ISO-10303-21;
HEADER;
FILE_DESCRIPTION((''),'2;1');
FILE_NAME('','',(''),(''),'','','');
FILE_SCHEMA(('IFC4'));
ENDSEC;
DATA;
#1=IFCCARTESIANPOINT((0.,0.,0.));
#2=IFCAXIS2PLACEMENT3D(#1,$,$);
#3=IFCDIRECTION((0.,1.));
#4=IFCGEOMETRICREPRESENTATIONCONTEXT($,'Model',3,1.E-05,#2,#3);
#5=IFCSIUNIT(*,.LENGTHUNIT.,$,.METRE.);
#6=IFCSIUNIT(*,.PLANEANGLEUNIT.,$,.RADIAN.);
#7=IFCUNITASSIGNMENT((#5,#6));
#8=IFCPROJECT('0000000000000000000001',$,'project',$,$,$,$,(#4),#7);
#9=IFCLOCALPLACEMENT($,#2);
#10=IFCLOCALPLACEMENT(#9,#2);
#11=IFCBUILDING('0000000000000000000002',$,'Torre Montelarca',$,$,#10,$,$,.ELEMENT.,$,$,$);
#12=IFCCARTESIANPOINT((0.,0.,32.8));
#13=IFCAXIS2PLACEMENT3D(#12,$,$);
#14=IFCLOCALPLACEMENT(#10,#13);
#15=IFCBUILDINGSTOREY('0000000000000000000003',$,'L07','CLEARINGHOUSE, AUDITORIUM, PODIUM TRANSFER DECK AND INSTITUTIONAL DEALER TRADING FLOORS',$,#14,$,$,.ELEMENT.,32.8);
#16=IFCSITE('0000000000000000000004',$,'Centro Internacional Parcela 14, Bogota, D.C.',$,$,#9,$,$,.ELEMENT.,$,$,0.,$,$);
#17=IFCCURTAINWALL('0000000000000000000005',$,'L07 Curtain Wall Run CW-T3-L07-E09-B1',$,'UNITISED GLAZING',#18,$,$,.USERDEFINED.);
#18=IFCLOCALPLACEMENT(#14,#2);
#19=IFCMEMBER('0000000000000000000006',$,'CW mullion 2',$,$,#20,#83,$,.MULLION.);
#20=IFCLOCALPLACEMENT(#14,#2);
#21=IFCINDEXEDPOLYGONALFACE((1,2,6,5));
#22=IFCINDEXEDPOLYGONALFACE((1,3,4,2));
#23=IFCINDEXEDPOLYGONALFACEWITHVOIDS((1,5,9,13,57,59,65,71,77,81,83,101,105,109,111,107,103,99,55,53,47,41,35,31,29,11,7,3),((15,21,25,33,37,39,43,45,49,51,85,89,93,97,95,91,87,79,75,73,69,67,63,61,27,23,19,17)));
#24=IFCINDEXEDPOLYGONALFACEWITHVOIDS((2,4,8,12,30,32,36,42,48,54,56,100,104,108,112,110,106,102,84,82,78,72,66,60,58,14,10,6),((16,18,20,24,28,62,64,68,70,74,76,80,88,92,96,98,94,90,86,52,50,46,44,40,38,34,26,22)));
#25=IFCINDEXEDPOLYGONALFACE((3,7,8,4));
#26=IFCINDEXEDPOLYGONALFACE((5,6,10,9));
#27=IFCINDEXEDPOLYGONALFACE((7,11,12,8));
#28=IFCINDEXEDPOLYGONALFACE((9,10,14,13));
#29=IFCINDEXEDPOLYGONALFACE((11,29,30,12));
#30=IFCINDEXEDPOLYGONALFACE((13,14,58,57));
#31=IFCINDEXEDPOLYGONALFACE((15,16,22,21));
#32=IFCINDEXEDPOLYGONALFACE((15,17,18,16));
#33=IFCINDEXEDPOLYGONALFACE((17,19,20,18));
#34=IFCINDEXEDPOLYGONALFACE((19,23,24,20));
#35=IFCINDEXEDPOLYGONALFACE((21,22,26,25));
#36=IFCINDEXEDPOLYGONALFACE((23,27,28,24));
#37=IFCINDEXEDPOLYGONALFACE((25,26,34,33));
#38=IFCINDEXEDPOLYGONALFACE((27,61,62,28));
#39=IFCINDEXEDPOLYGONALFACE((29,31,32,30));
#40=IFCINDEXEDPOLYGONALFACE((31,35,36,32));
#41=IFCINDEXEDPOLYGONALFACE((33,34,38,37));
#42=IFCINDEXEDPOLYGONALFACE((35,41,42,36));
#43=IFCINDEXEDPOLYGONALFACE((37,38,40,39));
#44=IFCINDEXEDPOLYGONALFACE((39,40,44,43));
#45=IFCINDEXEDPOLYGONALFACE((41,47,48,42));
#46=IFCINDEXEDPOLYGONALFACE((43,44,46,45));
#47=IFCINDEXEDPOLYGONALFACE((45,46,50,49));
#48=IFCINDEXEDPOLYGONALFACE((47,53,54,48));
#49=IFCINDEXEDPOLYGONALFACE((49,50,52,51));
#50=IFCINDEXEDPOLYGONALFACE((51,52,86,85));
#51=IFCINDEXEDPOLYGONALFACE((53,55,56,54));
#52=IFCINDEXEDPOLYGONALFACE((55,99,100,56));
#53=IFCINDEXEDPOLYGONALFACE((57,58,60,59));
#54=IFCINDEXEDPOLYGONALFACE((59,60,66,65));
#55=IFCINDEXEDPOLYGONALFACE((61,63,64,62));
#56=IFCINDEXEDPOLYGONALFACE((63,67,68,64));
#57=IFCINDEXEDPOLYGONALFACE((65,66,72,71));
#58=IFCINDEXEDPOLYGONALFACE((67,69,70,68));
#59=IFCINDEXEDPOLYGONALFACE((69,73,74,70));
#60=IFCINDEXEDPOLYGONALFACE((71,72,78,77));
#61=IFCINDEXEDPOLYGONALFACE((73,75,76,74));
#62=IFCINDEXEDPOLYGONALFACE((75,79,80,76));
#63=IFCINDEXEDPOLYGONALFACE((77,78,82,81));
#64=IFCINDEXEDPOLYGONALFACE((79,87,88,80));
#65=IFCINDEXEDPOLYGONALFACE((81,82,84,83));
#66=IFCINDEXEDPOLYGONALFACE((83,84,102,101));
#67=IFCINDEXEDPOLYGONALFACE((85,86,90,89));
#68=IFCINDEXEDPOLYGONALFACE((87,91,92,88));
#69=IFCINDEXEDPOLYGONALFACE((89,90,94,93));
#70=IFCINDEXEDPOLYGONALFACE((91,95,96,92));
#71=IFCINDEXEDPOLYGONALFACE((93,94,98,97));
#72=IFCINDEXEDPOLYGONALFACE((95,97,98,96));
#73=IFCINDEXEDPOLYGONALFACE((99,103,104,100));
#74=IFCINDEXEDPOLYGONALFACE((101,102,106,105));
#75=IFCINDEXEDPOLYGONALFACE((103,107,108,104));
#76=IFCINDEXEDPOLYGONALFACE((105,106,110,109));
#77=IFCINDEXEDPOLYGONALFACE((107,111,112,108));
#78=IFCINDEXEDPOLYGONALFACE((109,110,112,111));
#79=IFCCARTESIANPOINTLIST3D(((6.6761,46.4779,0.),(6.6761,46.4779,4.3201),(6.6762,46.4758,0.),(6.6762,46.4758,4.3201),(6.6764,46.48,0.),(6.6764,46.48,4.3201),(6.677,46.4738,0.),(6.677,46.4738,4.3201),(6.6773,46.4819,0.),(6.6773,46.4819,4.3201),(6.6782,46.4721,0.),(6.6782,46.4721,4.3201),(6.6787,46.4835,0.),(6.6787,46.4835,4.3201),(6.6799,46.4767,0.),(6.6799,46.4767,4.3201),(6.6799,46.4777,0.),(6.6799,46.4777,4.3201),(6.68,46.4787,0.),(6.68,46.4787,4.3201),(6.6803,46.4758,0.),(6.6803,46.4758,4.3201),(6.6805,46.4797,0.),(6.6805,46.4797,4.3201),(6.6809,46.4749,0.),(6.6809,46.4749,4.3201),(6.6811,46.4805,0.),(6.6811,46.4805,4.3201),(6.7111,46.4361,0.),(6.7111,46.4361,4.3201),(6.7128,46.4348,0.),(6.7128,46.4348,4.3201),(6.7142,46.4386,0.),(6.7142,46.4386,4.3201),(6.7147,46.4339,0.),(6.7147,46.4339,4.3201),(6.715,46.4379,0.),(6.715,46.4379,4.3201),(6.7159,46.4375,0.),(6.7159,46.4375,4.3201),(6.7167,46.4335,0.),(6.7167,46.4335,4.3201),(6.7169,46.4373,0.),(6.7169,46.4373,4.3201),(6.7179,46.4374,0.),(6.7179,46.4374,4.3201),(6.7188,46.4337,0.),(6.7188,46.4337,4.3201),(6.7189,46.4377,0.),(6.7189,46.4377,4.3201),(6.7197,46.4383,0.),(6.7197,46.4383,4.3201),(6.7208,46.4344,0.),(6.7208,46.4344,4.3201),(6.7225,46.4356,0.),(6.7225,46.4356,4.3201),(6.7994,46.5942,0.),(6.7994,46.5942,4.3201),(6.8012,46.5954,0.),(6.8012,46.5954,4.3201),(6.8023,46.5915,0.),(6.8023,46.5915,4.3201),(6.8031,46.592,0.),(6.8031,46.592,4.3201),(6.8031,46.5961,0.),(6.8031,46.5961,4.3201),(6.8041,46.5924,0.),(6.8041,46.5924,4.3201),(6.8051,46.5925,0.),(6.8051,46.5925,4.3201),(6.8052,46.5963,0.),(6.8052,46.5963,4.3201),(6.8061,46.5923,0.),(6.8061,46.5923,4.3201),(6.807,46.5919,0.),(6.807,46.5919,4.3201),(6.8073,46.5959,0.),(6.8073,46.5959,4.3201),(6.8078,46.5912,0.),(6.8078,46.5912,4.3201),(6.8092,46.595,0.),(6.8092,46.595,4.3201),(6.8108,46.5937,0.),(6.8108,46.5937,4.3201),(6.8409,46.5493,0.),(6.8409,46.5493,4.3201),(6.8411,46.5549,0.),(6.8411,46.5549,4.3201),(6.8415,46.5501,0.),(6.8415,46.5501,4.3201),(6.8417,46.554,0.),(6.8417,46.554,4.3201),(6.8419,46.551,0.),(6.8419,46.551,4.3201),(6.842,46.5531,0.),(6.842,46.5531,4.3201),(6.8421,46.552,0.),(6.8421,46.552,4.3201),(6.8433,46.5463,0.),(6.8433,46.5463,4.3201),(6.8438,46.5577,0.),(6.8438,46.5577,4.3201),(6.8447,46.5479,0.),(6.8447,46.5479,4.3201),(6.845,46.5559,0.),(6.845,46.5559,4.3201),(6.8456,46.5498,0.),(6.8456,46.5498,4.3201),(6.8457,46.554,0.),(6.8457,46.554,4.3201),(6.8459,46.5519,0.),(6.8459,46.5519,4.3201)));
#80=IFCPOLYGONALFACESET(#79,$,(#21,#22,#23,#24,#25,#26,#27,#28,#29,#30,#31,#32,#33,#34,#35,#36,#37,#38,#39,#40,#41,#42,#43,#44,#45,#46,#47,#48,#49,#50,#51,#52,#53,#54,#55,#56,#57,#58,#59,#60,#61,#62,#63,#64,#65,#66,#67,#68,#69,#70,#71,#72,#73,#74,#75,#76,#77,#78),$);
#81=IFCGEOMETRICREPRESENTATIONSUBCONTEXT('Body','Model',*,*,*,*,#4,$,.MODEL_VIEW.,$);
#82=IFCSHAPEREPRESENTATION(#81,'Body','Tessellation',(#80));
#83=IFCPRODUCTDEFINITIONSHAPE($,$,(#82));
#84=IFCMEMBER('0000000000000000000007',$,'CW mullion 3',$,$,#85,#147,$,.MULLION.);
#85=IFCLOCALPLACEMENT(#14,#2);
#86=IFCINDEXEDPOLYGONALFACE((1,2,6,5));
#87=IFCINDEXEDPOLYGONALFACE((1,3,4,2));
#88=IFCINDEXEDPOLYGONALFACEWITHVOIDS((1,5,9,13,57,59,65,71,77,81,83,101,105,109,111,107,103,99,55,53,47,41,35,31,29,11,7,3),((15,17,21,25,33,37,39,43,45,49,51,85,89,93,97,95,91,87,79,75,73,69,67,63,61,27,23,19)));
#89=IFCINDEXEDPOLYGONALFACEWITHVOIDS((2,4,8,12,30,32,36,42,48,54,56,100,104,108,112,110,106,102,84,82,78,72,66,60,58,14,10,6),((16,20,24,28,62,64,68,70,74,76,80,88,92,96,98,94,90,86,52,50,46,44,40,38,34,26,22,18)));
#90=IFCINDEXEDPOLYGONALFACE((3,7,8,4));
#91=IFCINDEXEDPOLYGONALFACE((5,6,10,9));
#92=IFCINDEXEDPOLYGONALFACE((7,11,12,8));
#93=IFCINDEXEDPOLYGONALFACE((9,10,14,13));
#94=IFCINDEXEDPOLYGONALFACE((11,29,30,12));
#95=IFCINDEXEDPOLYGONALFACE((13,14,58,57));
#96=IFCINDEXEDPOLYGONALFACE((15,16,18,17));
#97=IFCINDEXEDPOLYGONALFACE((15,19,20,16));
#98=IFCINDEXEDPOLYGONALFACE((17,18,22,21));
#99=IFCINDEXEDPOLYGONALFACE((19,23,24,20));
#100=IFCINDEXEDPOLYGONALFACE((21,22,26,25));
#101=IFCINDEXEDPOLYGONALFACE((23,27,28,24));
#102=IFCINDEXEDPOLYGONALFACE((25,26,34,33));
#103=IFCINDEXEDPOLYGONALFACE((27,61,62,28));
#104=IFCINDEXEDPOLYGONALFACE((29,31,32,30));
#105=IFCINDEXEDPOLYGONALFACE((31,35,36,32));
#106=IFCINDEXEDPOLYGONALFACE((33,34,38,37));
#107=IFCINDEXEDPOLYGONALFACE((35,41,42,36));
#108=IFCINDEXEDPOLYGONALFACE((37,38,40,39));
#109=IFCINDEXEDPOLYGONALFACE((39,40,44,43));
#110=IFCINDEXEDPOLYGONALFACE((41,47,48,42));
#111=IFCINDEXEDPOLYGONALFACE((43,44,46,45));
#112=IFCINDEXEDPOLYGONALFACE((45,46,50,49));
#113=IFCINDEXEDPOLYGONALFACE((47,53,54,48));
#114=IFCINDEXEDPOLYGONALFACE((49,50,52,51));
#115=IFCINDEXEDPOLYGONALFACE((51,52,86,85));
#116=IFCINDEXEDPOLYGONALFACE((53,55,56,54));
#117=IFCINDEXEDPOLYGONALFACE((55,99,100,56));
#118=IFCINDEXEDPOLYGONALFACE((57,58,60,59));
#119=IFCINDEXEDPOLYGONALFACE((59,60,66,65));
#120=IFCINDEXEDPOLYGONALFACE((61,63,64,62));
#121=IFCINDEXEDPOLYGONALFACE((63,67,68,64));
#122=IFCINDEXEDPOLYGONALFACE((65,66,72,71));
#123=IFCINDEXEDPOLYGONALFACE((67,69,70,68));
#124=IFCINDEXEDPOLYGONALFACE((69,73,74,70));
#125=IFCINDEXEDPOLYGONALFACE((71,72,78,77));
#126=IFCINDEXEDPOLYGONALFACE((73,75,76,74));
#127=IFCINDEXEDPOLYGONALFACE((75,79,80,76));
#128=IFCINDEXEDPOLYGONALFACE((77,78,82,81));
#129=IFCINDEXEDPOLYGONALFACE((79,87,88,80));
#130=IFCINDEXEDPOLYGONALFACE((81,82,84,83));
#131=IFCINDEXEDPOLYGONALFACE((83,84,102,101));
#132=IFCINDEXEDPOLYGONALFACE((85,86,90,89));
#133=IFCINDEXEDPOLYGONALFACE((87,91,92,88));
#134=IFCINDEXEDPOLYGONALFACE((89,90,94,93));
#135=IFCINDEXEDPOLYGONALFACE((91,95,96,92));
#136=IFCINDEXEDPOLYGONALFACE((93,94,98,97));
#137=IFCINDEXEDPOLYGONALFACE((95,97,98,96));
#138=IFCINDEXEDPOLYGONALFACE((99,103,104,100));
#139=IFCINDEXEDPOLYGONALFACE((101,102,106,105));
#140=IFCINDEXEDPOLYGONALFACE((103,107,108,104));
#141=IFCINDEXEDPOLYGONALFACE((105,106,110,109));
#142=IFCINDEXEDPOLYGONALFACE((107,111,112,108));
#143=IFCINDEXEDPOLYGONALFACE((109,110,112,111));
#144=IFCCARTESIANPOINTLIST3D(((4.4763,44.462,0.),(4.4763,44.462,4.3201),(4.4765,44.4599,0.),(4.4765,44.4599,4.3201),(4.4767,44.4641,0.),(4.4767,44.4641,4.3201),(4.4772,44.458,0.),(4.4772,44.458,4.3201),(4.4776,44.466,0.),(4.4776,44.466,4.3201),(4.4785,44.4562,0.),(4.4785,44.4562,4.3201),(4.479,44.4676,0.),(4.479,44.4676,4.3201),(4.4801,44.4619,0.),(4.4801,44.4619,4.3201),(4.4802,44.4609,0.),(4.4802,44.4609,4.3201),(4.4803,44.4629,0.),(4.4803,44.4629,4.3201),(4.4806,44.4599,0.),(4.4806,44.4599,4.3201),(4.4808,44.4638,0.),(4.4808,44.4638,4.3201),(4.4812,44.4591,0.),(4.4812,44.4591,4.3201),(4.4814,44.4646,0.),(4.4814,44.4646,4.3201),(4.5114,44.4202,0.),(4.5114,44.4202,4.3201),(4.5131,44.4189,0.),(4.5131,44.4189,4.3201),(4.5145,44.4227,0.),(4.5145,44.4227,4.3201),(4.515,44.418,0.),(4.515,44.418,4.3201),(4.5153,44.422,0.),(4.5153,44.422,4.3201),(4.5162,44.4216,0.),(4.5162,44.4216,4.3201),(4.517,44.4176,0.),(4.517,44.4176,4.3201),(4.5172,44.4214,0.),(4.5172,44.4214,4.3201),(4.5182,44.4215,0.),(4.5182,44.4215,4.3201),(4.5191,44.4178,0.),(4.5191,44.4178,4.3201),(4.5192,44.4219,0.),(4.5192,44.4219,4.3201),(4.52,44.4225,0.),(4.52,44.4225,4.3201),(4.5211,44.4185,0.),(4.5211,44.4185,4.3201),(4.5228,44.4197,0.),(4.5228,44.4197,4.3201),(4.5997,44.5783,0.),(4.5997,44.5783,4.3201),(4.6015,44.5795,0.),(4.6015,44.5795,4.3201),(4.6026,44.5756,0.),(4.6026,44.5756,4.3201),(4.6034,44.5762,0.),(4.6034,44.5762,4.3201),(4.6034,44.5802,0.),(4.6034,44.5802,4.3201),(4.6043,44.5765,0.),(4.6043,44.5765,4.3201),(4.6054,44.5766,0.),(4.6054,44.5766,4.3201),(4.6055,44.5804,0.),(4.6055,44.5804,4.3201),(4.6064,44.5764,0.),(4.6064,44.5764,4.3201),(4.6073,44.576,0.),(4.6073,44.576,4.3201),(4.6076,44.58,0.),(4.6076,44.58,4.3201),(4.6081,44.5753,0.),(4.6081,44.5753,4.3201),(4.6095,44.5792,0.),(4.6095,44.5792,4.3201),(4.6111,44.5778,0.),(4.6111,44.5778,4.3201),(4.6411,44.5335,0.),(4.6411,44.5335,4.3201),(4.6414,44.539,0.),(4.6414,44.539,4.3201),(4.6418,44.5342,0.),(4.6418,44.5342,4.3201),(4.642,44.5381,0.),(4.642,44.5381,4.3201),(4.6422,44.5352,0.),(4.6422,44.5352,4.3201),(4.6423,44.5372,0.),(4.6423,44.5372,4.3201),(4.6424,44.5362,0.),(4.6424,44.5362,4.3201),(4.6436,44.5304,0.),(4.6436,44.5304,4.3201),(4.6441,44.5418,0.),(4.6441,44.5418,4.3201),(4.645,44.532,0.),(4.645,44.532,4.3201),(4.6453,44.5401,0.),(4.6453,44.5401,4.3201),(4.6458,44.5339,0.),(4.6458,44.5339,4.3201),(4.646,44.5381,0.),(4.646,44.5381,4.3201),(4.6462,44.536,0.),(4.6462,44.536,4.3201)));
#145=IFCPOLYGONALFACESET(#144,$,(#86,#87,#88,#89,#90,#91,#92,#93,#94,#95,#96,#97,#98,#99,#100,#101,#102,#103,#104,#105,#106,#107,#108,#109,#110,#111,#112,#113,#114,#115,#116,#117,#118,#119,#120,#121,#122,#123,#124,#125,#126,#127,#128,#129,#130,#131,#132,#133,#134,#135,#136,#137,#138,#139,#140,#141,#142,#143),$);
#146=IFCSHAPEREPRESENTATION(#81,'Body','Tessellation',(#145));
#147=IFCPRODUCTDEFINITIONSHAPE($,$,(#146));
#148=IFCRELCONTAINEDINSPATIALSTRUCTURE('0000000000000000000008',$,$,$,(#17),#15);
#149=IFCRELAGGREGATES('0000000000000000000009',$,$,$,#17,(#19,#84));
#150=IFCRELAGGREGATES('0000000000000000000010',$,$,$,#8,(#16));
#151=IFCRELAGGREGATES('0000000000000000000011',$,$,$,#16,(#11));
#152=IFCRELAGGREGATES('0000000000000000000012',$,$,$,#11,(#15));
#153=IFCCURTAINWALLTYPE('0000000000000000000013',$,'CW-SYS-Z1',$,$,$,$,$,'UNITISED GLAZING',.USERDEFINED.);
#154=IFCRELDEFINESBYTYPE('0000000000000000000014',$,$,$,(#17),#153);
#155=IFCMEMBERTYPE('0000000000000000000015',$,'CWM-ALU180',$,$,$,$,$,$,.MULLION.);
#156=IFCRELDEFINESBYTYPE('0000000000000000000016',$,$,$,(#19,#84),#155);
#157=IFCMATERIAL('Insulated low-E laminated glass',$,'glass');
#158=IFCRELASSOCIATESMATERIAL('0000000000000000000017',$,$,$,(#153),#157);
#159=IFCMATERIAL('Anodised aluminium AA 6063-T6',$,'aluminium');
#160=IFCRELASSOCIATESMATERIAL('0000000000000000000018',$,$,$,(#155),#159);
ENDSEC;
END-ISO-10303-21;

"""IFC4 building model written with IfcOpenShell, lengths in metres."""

from ifc_helpers import new_model, si_unit, direction, frame, origin, origin_2d, place, context, subcontext, project, spatial, hollow_rectangle, extrude, source, transform, mapped, material, material_profile, profile_set, type_object, element, aggregate, save


model = new_model("IFC4")

# Units and contexts
model_context = context("Model", 3, precision=1e-05, world=origin(), true_north=direction((0.0, 1.0)))
body_context = subcontext(model_context, "Body", "Model", "MODEL_VIEW")
ifc_project = project(units=[si_unit("LENGTHUNIT", "METRE"), si_unit("PLANEANGLEUNIT", "RADIAN")], contexts=[model_context])

# Site, building, storey
site_placement = place(None, origin())
site = spatial("IfcSite", under=ifc_project, at=site_placement, Name="Centro Internacional Parcela 14, Bogota, D.C.", CompositionType="ELEMENT", RefElevation=0.0)
building_placement = place(site_placement, origin())
building = spatial("IfcBuilding", under=site, at=building_placement, Name="Torre Montelarca", CompositionType="ELEMENT")
storey_placement = place(building_placement, frame((0.0, 0.0, 32.8)))
storey = spatial("IfcBuildingStorey", under=building, at=storey_placement, Name="L07", Description="CLEARINGHOUSE, AUDITORIUM, PODIUM TRANSFER DECK AND INSTITUTIONAL DEALER TRADING FLOORS", CompositionType="ELEMENT", Elevation=32.8)

# Curtain wall, members
ifc_material_1 = material(Name="Insulated low-E laminated glass", Category="glass")
curtain_wall_type = type_object("IfcCurtainWallType", Name="CW-SYS-Z1", ElementType="UNITISED GLAZING", PredefinedType="USERDEFINED", material=ifc_material_1)
curtain_wall_1_placement = place(storey_placement, origin())
curtain_wall_1 = element("IfcCurtainWall", 1, at=curtain_wall_1_placement, inside=storey, type_object=curtain_wall_type, Name="L07 Curtain Wall Run CW-T3-L07-E09-B1", ObjectType="UNITISED GLAZING", PredefinedType="USERDEFINED")
ifc_material_2 = material(Name="Anodised aluminium AA 6063-T6", Category="aluminium")
ifc_material_profile_1 = material_profile(ifc_material_2, hollow_rectangle(XDim=0.0649, YDim=0.1799, WallThickness=0.0039, InnerFilletRadius=0.0039, OuterFilletRadius=0.0081, at=origin_2d()), Name="ALU65X180X4", Category="aluminium")
ifc_profile_set_1 = profile_set([ifc_material_profile_1], Name="Anodised aluminium AA 6063-T6")
member_type_1 = type_object("IfcMemberType", Name="CWM-ALU180", PredefinedType="MULLION", material=ifc_profile_set_1)
shared_shape_1 = source(origin(), body_context, "Body", "SweptSolid", [
    extrude(hollow_rectangle(XDim=0.0649, YDim=0.1799, WallThickness=0.0039, InnerFilletRadius=0.0039, OuterFilletRadius=0.0081, at=origin_2d()), origin(), (0.0, 0.0, 1.0), 4.3201),
])
member_1_placement = place(storey_placement, frame((6.761, 46.5149, 0.0), z_axis=(0.0, 0.0, 1.0), x_axis=(0.675583, -0.737283, 0.0)))
member_1 = element("IfcMember", 2, at=member_1_placement, type_object=member_type_1, Name="CW mullion 2", PredefinedType="MULLION", context=body_context, shape_type="MappedRepresentation", body=[
    mapped(shared_shape_1, transform((0.0, 0.0, 0.0), scale=1.0)),
])
member_2_placement = place(storey_placement, frame((4.5613, 44.499, 0.0), z_axis=(0.0, 0.0, 1.0), x_axis=(0.675583, -0.737283, 0.0)))
member_2 = element("IfcMember", 3, at=member_2_placement, type_object=member_type_1, Name="CW mullion 3", PredefinedType="MULLION", context=body_context, shape_type="MappedRepresentation", body=[
    mapped(shared_shape_1, transform((0.0, 0.0, 0.0), scale=1.0)),
])

aggregate(curtain_wall_1, [member_1, member_2])

save(model, "model.ifc")
